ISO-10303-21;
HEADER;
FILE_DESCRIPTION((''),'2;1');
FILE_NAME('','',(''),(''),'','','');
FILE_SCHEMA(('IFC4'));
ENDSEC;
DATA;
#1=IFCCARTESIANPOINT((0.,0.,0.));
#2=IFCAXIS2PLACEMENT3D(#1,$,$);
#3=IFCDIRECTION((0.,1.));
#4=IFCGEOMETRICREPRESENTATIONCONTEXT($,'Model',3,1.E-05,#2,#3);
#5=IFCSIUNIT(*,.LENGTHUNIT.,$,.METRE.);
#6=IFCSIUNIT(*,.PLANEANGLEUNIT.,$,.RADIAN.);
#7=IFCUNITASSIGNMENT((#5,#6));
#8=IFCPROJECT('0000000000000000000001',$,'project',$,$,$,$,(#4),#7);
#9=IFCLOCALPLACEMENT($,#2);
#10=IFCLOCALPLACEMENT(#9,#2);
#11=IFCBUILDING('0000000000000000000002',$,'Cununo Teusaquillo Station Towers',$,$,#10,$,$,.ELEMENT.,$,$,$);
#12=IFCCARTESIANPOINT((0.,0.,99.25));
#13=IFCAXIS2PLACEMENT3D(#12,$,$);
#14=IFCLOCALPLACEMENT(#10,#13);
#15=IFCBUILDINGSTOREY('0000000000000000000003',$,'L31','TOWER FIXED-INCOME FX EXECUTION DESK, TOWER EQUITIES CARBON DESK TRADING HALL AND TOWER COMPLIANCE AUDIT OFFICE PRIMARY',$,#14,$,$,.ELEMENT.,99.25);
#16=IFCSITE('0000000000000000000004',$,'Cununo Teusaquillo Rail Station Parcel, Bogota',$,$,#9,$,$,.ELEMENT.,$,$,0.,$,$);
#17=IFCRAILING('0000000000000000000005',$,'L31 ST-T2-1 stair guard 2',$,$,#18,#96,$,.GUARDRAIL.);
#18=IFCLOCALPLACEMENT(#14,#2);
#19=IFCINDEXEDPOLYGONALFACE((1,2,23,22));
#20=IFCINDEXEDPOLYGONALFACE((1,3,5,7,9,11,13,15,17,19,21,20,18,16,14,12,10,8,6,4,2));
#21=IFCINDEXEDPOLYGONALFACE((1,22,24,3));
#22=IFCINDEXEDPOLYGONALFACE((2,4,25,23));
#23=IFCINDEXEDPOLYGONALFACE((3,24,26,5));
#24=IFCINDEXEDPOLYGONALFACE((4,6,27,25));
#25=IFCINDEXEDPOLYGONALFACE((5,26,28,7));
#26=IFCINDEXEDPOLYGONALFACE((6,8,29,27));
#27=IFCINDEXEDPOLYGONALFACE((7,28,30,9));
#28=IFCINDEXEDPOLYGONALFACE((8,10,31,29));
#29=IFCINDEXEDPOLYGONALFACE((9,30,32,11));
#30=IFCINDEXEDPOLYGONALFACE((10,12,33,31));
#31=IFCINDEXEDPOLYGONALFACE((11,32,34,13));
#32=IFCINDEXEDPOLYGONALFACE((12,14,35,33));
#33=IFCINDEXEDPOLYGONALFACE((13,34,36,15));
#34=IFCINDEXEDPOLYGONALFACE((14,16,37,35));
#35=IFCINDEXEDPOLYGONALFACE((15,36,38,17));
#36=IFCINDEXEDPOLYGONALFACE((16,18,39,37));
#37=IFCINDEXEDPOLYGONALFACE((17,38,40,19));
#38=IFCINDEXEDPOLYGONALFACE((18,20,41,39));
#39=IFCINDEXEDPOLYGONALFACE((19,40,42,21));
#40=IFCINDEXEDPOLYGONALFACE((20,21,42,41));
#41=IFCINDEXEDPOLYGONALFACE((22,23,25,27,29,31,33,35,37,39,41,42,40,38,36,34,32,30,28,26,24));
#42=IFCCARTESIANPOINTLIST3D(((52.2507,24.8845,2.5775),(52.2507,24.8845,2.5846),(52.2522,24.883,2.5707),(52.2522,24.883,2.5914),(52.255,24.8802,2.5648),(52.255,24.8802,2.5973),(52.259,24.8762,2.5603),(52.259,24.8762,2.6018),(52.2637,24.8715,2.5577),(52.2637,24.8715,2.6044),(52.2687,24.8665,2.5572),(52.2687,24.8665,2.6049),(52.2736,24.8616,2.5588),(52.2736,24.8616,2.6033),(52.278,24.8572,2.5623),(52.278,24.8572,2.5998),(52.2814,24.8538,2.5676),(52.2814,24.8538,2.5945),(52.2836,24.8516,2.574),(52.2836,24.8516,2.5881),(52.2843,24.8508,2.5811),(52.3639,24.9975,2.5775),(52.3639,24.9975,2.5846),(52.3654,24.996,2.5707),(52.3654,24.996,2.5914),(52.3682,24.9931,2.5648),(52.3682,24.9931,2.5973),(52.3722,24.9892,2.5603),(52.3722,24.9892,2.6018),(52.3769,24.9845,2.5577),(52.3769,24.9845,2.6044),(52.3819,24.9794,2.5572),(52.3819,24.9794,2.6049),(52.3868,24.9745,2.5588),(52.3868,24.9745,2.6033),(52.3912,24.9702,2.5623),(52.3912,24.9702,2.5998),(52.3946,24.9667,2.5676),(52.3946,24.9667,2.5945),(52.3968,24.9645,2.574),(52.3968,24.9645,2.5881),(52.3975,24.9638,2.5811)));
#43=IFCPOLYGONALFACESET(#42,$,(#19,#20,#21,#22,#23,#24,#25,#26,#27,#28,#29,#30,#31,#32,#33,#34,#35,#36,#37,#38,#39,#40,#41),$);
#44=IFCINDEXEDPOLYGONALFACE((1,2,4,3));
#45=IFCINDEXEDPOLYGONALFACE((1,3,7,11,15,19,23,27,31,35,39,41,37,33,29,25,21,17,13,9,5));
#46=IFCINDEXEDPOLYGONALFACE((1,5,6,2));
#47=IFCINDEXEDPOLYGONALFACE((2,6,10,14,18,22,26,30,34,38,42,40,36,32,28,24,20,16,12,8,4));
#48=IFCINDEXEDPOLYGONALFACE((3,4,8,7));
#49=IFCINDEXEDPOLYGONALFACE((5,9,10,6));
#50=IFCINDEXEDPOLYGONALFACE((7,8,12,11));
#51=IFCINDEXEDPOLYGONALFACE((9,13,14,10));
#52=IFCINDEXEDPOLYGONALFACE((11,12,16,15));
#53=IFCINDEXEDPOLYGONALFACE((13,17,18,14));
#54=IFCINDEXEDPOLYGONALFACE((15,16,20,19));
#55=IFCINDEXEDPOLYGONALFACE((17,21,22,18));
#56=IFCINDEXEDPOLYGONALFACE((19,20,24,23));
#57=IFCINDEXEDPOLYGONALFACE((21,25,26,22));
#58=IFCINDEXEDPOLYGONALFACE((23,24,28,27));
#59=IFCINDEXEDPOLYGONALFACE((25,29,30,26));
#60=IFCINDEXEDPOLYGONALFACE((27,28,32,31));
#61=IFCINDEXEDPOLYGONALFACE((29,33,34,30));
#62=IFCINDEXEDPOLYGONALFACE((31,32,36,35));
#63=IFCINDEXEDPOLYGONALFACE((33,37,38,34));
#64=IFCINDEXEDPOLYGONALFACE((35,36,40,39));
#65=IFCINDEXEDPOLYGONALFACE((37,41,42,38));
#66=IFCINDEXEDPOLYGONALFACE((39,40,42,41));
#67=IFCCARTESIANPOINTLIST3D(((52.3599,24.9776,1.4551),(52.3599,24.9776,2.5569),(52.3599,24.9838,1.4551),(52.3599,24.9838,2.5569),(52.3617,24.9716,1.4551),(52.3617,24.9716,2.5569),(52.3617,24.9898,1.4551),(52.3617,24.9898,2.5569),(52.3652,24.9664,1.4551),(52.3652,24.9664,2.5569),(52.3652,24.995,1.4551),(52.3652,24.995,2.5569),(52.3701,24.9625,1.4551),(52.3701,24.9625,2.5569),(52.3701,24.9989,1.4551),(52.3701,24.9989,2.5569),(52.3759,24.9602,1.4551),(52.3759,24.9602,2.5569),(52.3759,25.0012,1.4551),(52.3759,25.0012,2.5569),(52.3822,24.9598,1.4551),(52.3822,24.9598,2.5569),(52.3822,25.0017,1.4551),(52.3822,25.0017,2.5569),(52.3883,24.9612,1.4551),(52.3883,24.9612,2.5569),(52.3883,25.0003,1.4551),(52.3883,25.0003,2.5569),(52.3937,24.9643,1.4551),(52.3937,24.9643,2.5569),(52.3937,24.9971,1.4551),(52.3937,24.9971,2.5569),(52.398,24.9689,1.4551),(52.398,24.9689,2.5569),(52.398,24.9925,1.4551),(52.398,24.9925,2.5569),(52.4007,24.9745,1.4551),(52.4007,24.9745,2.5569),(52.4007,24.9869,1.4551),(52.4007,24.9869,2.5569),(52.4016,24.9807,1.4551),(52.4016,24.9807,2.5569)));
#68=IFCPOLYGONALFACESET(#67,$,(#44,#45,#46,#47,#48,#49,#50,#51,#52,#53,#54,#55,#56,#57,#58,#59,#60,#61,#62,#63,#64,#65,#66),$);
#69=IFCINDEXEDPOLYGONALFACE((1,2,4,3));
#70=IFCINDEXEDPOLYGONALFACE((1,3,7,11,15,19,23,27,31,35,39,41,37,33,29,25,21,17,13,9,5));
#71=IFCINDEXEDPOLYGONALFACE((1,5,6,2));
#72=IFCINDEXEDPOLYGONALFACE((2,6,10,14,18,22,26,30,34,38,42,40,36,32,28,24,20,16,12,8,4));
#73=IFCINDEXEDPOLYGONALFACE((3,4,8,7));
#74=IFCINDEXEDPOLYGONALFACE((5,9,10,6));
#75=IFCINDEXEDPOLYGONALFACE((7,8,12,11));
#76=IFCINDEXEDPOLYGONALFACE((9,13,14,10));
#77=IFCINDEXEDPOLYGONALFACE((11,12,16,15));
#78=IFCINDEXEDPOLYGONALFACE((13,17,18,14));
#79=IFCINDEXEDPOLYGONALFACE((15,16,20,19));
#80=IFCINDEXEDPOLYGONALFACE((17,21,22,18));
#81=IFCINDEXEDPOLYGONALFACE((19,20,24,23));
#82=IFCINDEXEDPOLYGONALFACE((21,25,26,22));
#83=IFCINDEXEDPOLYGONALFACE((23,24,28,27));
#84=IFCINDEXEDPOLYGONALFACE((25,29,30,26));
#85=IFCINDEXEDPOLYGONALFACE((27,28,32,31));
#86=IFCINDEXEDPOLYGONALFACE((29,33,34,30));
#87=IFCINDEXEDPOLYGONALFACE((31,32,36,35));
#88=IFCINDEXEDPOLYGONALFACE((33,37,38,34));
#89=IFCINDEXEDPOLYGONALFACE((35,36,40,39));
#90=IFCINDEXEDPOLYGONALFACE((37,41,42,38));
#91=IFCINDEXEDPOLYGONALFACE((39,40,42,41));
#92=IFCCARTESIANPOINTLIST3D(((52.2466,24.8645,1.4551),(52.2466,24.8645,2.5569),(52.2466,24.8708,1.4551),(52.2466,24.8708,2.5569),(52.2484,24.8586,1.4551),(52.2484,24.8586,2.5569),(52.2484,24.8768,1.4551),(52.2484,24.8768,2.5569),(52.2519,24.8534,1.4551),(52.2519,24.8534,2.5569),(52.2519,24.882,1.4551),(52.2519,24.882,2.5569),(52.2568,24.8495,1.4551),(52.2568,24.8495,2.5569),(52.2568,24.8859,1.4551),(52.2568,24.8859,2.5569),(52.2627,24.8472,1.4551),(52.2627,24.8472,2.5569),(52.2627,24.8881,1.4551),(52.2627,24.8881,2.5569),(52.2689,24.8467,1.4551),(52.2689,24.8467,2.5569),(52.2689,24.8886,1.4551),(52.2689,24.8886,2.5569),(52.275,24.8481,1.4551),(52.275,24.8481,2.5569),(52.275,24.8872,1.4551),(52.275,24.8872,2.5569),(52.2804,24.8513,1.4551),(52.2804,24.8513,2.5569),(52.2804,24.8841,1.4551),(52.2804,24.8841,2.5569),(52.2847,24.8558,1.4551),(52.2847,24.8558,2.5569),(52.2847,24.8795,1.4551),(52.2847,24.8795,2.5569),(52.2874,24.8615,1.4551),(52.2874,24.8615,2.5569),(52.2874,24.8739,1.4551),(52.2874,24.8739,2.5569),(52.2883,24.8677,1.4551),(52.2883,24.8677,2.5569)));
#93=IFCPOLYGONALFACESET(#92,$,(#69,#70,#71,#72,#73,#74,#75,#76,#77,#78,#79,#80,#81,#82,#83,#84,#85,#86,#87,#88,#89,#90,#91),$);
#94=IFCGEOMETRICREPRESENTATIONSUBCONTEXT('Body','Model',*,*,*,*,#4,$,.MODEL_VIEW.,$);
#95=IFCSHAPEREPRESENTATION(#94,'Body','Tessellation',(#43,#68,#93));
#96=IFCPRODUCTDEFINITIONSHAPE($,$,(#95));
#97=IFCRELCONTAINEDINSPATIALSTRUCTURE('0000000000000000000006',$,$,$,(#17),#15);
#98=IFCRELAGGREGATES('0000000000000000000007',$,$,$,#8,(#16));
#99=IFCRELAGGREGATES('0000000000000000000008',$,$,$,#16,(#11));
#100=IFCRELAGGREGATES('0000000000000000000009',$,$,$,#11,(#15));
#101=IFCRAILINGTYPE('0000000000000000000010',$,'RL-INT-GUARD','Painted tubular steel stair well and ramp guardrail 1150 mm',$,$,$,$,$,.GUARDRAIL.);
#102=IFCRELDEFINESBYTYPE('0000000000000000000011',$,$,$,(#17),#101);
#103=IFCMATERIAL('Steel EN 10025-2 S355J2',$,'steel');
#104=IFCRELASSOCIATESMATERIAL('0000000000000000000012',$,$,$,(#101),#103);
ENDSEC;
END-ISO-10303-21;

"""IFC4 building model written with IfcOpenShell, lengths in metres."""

from ifc_helpers import new_model, si_unit, direction, frame, origin, origin_2d, place, context, subcontext, project, spatial, circle, extrude, material, type_object, element, save


model = new_model("IFC4")

# Units and contexts
model_context = context("Model", 3, precision=1e-05, world=origin(), true_north=direction((0.0, 1.0)))
body_context = subcontext(model_context, "Body", "Model", "MODEL_VIEW")
ifc_project = project(units=[si_unit("LENGTHUNIT", "METRE"), si_unit("PLANEANGLEUNIT", "RADIAN")], contexts=[model_context])

# Site, building, storey
site_placement = place(None, origin())
site = spatial("IfcSite", under=ifc_project, at=site_placement, Name="Cununo Teusaquillo Rail Station Parcel, Bogota", CompositionType="ELEMENT", RefElevation=0.0)
building_placement = place(site_placement, origin())
building = spatial("IfcBuilding", under=site, at=building_placement, Name="Cununo Teusaquillo Station Towers", CompositionType="ELEMENT")
storey_placement = place(building_placement, frame((0.0, 0.0, 99.25)))
storey = spatial("IfcBuildingStorey", under=building, at=storey_placement, Name="L31", Description="TOWER FIXED-INCOME FX EXECUTION DESK, TOWER EQUITIES CARBON DESK TRADING HALL AND TOWER COMPLIANCE AUDIT OFFICE PRIMARY", CompositionType="ELEMENT", Elevation=99.25)

# Railing
ifc_material_1 = material(Name="Steel EN 10025-2 S355J2", Category="steel")
railing_type_1 = type_object("IfcRailingType", Name="RL-INT-GUARD", Description="Painted tubular steel stair well and ramp guardrail 1150 mm", PredefinedType="GUARDRAIL", material=ifc_material_1)
railing_1_placement = place(storey_placement, frame((52.3806, 24.9807, 1.4551)))
element("IfcRailing", 1, at=railing_1_placement, inside=storey, type_object=railing_type_1, Name="L31 ST-T2-1 stair guard 2", PredefinedType="GUARDRAIL", context=body_context, shape_type="SweptSolid", body=[
    extrude(circle(Radius=0.0239, at=origin_2d()), frame((0.0, 0.0, 1.126), z_axis=(-0.707869, -0.706344, 0.0), x_axis=(0.706344, -0.707869, 0.0)), (0.0, 0.0, 1.0), 0.1599),
    extrude(circle(Radius=0.021, at=origin_2d()), origin(), (0.0, 0.0, 1.0), 1.1018),
    extrude(circle(Radius=0.021, at=origin_2d()), frame((-0.1133, -0.113, 0.0)), (0.0, 0.0, 1.0), 1.1018),
])

save(model, "model.ifc")
